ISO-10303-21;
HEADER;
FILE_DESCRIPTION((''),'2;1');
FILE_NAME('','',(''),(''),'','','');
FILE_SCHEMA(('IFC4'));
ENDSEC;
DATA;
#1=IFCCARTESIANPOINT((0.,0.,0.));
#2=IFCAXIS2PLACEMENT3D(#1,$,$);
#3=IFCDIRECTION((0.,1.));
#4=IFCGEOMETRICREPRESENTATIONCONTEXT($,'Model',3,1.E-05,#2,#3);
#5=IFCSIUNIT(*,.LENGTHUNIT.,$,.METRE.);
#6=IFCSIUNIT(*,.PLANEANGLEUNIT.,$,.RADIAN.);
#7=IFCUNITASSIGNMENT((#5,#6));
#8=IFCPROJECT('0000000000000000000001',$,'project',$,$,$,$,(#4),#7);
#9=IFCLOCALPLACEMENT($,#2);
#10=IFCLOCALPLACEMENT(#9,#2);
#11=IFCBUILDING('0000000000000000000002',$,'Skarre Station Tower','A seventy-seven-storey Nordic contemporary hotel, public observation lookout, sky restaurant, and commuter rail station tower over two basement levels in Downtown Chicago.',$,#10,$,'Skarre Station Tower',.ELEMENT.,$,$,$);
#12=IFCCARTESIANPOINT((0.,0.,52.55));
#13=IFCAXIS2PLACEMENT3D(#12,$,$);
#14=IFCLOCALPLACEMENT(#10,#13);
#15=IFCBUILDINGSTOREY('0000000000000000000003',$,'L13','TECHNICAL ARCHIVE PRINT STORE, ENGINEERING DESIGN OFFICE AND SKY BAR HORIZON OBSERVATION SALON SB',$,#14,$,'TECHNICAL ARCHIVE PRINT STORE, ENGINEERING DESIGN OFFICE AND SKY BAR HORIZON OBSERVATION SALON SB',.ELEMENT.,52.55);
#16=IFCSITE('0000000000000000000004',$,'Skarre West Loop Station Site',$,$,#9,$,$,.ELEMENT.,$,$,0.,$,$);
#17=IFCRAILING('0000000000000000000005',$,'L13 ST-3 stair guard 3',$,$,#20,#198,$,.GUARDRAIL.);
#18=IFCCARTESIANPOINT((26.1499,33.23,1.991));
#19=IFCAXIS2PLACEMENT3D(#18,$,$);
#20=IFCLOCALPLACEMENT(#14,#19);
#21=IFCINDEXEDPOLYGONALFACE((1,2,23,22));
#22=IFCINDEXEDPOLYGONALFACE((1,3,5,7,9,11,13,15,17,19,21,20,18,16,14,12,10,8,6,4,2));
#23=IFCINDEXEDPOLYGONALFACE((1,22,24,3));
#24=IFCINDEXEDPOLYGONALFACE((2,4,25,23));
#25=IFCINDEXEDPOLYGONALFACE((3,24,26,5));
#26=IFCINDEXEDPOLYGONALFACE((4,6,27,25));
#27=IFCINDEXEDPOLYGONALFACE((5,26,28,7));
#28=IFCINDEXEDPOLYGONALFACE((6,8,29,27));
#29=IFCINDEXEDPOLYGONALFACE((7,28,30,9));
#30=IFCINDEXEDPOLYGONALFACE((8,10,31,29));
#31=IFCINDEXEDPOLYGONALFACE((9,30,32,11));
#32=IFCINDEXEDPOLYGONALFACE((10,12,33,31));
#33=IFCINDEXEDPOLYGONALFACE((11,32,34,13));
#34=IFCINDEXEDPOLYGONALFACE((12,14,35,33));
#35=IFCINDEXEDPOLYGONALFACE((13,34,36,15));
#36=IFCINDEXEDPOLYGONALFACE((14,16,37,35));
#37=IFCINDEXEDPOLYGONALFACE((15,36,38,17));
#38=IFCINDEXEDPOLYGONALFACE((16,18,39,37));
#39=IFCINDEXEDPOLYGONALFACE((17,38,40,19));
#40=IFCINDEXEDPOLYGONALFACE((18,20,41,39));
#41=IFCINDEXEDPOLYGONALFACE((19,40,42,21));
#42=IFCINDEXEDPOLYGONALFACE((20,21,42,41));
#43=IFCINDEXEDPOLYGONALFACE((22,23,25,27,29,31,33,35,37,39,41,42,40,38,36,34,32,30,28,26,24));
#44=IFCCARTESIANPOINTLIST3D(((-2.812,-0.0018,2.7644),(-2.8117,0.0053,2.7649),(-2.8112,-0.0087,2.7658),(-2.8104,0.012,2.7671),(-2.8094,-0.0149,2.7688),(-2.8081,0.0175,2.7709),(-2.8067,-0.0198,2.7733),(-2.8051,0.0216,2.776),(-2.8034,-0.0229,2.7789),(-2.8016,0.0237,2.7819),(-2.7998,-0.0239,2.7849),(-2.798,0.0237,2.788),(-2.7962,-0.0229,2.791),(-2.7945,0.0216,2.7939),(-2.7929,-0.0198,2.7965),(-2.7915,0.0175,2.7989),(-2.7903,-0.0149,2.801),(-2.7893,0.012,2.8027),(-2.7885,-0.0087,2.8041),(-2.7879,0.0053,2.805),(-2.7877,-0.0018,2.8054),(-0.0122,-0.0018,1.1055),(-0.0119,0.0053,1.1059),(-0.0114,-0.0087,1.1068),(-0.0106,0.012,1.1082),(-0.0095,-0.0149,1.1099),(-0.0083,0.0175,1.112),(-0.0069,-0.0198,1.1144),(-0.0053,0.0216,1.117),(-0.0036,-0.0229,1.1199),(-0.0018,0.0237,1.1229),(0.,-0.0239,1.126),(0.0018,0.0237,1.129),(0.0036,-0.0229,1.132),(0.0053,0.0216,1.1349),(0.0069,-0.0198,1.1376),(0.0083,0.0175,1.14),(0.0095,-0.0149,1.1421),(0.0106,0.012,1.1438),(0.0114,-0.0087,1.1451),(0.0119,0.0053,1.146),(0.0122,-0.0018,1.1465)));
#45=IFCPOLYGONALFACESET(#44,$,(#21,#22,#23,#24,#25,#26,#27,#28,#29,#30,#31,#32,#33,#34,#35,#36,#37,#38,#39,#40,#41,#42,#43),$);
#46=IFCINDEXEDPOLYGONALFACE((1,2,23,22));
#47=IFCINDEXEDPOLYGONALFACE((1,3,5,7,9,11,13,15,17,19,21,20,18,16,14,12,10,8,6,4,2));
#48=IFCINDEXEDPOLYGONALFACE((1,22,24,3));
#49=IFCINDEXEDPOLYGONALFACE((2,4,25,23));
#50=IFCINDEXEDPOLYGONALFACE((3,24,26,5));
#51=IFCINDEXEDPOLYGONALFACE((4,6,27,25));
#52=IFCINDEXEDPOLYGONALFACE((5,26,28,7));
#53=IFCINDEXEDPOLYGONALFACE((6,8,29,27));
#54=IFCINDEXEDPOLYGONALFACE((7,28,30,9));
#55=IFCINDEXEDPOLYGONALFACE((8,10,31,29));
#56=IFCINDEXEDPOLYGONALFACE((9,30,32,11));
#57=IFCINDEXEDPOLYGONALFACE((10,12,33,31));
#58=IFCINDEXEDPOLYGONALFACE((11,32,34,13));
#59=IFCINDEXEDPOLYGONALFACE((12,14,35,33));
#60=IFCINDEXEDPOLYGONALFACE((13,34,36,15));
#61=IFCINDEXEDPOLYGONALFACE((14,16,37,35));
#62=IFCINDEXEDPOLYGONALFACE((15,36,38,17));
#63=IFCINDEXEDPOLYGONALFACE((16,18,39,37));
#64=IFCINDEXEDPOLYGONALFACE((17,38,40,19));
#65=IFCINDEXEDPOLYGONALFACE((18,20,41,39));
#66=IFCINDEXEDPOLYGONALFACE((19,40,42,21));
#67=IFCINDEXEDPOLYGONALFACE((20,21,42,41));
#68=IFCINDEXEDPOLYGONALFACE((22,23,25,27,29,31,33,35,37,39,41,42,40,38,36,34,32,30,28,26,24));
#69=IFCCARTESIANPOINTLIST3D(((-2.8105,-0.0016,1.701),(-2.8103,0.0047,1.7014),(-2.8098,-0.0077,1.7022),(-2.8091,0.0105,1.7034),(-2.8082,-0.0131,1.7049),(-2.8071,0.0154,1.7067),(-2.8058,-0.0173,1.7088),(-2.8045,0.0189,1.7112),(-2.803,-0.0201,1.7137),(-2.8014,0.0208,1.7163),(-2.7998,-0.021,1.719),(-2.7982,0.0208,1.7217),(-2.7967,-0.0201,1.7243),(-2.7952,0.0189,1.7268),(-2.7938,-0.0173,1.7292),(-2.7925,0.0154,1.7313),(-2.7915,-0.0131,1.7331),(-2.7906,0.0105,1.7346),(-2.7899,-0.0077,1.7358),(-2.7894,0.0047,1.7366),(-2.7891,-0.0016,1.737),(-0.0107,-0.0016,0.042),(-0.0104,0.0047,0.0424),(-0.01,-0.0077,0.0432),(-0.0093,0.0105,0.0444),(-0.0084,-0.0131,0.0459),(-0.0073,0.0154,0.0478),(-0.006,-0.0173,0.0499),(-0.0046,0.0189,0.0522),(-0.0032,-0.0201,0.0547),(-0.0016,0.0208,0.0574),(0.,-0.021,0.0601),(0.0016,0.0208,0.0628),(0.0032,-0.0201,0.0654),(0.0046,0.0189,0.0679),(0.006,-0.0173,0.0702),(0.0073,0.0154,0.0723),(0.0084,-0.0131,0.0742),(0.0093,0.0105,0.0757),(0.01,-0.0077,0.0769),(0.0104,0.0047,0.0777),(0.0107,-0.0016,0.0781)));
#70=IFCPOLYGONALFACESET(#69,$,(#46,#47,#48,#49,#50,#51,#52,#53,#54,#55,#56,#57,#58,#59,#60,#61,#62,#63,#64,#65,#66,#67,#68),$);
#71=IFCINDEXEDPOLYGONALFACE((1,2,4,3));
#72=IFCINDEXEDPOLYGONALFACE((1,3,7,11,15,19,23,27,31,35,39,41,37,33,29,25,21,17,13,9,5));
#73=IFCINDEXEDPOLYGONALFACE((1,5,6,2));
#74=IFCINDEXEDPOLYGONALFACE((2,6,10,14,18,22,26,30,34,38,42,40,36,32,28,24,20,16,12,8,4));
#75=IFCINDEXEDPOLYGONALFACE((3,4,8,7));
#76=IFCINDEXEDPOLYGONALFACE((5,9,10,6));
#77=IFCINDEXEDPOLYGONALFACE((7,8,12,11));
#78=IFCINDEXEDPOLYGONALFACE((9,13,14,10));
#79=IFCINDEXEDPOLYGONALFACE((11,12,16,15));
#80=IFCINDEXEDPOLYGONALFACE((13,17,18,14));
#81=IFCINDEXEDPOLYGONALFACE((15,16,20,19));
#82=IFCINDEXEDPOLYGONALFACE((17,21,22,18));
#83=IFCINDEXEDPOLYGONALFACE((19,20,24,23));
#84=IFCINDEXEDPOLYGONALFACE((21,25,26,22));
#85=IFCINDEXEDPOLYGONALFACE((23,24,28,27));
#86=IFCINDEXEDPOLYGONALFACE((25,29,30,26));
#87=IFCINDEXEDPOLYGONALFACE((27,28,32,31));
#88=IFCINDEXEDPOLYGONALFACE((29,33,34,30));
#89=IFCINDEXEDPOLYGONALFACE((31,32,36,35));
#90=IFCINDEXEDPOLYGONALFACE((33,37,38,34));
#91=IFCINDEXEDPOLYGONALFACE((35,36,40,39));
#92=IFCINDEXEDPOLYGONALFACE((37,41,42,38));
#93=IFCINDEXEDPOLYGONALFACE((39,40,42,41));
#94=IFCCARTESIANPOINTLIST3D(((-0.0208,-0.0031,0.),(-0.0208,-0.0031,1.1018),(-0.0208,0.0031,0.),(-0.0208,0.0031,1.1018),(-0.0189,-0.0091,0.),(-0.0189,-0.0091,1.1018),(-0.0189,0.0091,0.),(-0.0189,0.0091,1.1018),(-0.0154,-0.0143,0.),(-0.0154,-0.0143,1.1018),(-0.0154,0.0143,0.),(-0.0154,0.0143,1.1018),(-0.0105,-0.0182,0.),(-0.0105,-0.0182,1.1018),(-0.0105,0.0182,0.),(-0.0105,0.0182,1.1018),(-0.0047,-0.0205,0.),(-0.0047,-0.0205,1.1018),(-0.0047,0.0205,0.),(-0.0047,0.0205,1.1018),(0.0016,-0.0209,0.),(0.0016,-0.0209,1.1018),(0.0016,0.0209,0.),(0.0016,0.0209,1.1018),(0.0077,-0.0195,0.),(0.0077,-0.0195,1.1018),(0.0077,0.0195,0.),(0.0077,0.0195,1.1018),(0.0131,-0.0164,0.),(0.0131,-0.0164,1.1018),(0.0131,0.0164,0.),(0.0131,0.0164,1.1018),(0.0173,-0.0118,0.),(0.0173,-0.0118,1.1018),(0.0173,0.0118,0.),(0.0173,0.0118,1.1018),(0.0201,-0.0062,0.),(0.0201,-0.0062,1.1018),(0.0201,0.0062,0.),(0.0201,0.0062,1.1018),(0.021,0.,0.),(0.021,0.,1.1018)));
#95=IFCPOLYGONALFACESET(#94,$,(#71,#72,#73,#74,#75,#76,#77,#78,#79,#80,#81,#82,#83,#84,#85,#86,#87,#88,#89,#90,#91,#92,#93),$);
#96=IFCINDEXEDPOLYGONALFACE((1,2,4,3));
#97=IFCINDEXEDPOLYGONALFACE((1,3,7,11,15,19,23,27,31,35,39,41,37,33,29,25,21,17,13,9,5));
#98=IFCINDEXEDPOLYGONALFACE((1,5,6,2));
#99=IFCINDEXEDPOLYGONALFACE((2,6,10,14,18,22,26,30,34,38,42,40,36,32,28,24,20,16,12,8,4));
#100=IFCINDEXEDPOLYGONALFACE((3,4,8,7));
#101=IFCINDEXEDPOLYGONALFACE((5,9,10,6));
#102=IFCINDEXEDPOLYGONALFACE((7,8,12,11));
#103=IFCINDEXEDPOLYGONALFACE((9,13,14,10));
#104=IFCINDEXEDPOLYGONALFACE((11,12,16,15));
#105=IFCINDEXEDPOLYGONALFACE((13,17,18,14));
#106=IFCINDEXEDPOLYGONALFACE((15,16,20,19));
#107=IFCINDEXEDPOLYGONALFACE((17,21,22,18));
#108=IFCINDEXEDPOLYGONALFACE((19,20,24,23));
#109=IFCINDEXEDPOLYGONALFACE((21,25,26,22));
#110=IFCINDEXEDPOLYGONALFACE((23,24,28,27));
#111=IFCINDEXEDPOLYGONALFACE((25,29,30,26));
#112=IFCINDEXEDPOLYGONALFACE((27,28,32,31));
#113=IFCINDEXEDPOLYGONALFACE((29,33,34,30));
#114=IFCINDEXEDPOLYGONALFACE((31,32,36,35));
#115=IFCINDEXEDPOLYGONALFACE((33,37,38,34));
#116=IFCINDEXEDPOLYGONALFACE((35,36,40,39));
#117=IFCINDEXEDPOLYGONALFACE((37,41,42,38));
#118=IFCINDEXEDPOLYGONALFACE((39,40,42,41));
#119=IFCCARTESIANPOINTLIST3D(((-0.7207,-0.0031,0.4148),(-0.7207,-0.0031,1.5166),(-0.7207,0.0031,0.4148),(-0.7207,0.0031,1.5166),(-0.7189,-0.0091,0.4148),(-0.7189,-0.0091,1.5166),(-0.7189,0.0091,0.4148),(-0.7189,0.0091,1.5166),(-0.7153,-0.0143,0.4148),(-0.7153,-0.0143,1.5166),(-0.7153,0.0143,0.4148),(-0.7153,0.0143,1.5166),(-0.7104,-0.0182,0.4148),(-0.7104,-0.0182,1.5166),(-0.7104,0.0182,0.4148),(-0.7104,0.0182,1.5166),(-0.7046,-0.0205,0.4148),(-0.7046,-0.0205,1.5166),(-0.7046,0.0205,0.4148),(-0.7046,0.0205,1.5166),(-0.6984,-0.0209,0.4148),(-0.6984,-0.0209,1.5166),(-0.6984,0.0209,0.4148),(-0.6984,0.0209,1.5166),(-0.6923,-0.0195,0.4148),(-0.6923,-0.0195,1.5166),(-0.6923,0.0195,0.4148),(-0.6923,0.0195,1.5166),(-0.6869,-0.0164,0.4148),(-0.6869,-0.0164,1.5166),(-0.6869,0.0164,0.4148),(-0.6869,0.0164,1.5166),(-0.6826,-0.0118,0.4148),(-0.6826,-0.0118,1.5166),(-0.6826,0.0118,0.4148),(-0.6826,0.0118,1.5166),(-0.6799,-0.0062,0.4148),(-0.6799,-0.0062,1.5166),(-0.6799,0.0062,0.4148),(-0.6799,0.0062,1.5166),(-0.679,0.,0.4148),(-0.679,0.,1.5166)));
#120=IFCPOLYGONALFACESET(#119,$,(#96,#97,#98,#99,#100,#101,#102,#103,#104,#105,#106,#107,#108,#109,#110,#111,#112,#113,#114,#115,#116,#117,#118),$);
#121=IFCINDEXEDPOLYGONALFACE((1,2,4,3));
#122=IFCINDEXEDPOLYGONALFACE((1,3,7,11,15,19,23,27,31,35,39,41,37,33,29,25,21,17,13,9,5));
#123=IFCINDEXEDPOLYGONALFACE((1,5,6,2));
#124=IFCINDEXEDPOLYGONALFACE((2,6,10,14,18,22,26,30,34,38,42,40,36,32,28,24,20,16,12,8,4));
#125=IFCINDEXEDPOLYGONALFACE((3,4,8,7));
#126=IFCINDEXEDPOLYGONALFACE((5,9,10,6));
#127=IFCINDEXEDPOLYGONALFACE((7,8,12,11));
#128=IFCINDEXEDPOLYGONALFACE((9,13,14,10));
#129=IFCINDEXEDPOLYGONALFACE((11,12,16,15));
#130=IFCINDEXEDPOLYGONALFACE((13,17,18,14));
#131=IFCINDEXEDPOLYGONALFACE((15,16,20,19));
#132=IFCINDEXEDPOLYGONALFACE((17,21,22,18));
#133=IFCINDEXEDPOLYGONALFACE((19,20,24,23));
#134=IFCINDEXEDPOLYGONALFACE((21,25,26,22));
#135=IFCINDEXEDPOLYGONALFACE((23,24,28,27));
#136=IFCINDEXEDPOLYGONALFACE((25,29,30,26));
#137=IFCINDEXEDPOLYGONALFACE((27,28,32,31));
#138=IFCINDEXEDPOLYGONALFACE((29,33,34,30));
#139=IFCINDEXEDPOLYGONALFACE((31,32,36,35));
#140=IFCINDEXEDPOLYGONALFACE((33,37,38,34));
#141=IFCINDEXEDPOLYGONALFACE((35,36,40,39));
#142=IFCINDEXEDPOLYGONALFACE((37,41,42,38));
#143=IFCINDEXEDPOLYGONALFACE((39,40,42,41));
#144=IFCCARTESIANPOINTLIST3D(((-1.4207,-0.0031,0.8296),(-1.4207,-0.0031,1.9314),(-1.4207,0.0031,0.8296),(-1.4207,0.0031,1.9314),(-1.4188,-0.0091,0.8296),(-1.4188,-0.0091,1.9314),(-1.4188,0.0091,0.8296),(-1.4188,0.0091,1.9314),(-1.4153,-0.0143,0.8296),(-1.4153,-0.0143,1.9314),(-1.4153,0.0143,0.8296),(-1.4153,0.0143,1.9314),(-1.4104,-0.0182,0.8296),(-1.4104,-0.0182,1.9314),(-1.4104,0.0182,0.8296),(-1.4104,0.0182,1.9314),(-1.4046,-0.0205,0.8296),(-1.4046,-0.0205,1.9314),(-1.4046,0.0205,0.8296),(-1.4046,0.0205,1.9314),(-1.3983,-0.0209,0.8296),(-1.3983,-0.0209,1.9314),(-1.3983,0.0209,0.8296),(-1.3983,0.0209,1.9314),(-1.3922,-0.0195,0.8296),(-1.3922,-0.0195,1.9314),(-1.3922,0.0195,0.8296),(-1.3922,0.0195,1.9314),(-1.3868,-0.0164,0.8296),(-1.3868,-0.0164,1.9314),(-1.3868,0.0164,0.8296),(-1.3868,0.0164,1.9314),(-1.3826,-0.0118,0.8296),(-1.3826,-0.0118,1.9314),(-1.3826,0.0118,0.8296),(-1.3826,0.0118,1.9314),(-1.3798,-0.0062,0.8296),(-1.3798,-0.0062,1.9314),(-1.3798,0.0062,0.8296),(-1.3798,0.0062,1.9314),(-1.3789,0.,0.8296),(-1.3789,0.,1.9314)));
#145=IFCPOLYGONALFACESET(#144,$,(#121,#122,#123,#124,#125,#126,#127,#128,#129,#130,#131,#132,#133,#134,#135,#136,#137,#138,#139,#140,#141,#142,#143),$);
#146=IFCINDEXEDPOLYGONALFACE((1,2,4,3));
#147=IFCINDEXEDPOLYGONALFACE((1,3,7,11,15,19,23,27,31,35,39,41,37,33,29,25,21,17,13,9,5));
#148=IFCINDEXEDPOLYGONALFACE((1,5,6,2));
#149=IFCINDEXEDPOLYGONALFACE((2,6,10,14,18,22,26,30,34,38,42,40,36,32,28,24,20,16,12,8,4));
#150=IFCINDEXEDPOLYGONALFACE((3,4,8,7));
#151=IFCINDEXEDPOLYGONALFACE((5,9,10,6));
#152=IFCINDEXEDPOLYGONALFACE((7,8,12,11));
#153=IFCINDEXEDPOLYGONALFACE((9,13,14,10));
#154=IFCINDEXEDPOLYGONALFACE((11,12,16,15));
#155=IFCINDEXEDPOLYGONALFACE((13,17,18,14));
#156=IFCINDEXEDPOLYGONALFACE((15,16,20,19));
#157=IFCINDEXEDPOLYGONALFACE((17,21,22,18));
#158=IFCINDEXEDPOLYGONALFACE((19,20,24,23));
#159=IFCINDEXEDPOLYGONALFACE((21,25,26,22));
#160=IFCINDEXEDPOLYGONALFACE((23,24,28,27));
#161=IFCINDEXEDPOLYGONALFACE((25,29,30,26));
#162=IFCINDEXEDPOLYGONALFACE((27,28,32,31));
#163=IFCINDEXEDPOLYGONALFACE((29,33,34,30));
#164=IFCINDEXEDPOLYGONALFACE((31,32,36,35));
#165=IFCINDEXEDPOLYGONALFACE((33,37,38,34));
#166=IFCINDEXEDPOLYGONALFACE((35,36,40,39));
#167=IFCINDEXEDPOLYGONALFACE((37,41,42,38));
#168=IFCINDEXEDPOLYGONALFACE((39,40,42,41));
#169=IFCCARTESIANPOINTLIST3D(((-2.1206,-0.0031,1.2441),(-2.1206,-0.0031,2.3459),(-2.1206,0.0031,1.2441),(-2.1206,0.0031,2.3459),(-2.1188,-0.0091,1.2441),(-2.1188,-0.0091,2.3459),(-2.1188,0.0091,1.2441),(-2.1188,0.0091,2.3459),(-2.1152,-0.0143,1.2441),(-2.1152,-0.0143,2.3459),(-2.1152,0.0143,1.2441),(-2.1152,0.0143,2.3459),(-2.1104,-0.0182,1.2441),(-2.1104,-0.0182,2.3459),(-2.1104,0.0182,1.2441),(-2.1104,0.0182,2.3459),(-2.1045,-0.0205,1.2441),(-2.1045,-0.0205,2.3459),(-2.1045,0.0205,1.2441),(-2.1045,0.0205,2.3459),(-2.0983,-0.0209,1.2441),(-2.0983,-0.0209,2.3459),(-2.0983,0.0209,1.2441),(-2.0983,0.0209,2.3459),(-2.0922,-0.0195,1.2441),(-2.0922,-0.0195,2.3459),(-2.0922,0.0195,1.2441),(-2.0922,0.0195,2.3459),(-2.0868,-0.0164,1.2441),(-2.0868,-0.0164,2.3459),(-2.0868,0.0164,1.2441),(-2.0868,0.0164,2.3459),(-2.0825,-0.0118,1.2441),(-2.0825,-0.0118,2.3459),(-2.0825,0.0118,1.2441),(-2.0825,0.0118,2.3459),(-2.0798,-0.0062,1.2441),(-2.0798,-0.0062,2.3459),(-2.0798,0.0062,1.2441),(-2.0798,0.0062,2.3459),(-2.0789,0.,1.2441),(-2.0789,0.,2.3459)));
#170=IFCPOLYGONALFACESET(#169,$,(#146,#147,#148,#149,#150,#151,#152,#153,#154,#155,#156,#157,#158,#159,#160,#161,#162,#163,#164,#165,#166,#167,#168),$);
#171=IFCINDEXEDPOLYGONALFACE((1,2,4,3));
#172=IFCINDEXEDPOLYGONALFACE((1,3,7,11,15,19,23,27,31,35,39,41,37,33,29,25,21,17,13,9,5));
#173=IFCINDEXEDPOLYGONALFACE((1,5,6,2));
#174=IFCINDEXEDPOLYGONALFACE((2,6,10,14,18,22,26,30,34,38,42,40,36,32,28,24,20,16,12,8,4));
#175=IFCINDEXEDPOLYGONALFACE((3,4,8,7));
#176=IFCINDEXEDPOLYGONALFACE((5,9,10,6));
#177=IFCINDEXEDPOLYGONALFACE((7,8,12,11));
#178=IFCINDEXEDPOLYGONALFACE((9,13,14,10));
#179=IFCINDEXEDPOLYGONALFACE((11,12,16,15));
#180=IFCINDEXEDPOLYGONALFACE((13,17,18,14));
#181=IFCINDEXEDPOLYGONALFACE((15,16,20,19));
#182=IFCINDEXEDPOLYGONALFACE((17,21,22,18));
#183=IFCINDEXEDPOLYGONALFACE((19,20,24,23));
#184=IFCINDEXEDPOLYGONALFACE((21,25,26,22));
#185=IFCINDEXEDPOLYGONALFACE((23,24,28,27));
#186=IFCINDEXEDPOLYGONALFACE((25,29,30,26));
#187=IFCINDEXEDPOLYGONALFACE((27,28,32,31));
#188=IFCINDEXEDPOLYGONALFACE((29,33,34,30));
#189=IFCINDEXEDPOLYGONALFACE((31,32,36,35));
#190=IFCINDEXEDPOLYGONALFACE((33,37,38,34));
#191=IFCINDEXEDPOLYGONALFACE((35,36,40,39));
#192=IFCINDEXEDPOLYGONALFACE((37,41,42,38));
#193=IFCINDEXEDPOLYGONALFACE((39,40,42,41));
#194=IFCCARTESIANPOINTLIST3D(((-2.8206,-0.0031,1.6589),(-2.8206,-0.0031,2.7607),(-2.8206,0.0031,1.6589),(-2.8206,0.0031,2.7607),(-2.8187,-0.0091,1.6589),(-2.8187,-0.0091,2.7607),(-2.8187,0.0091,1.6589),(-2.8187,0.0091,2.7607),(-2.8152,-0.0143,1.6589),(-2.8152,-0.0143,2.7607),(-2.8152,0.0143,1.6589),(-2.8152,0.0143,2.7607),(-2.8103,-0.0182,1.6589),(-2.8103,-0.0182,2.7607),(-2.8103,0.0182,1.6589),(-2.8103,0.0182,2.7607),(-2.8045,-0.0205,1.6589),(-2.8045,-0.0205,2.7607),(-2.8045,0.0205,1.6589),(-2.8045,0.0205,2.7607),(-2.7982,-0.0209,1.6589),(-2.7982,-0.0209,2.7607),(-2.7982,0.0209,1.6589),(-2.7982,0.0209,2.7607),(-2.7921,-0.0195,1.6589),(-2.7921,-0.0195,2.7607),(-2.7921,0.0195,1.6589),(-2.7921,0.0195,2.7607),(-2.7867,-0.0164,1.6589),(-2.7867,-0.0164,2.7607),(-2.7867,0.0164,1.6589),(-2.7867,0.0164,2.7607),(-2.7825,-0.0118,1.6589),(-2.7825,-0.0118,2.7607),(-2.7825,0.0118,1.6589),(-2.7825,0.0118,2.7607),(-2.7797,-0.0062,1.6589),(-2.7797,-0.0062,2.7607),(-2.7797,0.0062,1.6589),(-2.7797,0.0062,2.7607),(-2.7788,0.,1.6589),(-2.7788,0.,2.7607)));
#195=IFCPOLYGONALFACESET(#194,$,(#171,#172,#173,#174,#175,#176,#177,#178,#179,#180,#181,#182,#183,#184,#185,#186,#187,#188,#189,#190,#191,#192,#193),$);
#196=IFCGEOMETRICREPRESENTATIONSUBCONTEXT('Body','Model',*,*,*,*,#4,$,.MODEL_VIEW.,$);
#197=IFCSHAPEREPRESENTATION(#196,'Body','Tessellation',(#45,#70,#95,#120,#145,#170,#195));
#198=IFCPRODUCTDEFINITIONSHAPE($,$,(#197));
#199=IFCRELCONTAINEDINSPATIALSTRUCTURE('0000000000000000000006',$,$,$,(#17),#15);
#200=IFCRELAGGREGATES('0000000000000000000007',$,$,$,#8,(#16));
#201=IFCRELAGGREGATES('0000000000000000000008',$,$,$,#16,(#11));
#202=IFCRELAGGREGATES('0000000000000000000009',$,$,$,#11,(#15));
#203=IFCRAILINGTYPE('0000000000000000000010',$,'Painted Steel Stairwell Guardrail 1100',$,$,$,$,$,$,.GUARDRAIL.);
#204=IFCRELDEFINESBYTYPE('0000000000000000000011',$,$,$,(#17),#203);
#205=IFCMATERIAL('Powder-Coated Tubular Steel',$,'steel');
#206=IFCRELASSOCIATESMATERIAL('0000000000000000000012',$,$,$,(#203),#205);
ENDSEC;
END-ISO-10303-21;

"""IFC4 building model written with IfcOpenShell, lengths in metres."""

from ifc_helpers import new_model, si_unit, direction, frame, origin, origin_2d, place, context, subcontext, project, spatial, circle, extrude, material, type_object, element, save


model = new_model("IFC4")

# Units and contexts
model_context = context("Model", 3, precision=1e-05, world=origin(), true_north=direction((0.0, 1.0)))
body_context = subcontext(model_context, "Body", "Model", "MODEL_VIEW")
ifc_project = project(units=[si_unit("LENGTHUNIT", "METRE"), si_unit("PLANEANGLEUNIT", "RADIAN")], contexts=[model_context])

# Site, building, storey
site_placement = place(None, origin())
site = spatial("IfcSite", under=ifc_project, at=site_placement, Name="Skarre West Loop Station Site", CompositionType="ELEMENT", RefElevation=0.0)
building_placement = place(site_placement, origin())
building = spatial("IfcBuilding", under=site, at=building_placement, Name="Skarre Station Tower", Description="A seventy-seven-storey Nordic contemporary hotel, public observation lookout, sky restaurant, and commuter rail station tower over two basement levels in Downtown Chicago.", LongName="Skarre Station Tower", CompositionType="ELEMENT")
storey_placement = place(building_placement, frame((0.0, 0.0, 52.55)))
storey = spatial("IfcBuildingStorey", under=building, at=storey_placement, Name="L13", Description="TECHNICAL ARCHIVE PRINT STORE, ENGINEERING DESIGN OFFICE AND SKY BAR HORIZON OBSERVATION SALON SB", LongName="TECHNICAL ARCHIVE PRINT STORE, ENGINEERING DESIGN OFFICE AND SKY BAR HORIZON OBSERVATION SALON SB", CompositionType="ELEMENT", Elevation=52.55)

# Railing
ifc_material_1 = material(Name="Powder-Coated Tubular Steel", Category="steel")
railing_type_1 = type_object("IfcRailingType", Name="Painted Steel Stairwell Guardrail 1100", PredefinedType="GUARDRAIL", material=ifc_material_1)
railing_1_placement = place(storey_placement, frame((26.1499, 33.23, 1.991)))
element("IfcRailing", 1, at=railing_1_placement, inside=storey, type_object=railing_type_1, Name="L13 ST-3 stair guard 3", PredefinedType="GUARDRAIL", context=body_context, shape_type="SweptSolid", body=[
    extrude(circle(Radius=0.0239, at=origin_2d()), frame((0.0, 0.0, 1.126), z_axis=(-0.86032, 0.0, 0.509755), x_axis=(0.0, -1.0, 0.0)), (0.0, 0.0, 1.0), 3.2544),
    extrude(circle(Radius=0.021, at=origin_2d()), frame((0.0, 0.0, 0.0601), z_axis=(-0.86032, 0.0, 0.509755), x_axis=(0.0, -1.0, 0.0)), (0.0, 0.0, 1.0), 3.2544),
    extrude(circle(Radius=0.021, at=origin_2d()), origin(), (0.0, 0.0, 1.0), 1.1018),
    extrude(circle(Radius=0.021, at=origin_2d()), frame((-0.7, 0.0, 0.4148)), (0.0, 0.0, 1.0), 1.1018),
    extrude(circle(Radius=0.021, at=origin_2d()), frame((-1.3999, 0.0, 0.8296)), (0.0, 0.0, 1.0), 1.1018),
    extrude(circle(Radius=0.021, at=origin_2d()), frame((-2.0999, 0.0, 1.2441)), (0.0, 0.0, 1.0), 1.1018),
    extrude(circle(Radius=0.021, at=origin_2d()), frame((-2.7998, 0.0, 1.6589)), (0.0, 0.0, 1.0), 1.1018),
])

save(model, "model.ifc")
